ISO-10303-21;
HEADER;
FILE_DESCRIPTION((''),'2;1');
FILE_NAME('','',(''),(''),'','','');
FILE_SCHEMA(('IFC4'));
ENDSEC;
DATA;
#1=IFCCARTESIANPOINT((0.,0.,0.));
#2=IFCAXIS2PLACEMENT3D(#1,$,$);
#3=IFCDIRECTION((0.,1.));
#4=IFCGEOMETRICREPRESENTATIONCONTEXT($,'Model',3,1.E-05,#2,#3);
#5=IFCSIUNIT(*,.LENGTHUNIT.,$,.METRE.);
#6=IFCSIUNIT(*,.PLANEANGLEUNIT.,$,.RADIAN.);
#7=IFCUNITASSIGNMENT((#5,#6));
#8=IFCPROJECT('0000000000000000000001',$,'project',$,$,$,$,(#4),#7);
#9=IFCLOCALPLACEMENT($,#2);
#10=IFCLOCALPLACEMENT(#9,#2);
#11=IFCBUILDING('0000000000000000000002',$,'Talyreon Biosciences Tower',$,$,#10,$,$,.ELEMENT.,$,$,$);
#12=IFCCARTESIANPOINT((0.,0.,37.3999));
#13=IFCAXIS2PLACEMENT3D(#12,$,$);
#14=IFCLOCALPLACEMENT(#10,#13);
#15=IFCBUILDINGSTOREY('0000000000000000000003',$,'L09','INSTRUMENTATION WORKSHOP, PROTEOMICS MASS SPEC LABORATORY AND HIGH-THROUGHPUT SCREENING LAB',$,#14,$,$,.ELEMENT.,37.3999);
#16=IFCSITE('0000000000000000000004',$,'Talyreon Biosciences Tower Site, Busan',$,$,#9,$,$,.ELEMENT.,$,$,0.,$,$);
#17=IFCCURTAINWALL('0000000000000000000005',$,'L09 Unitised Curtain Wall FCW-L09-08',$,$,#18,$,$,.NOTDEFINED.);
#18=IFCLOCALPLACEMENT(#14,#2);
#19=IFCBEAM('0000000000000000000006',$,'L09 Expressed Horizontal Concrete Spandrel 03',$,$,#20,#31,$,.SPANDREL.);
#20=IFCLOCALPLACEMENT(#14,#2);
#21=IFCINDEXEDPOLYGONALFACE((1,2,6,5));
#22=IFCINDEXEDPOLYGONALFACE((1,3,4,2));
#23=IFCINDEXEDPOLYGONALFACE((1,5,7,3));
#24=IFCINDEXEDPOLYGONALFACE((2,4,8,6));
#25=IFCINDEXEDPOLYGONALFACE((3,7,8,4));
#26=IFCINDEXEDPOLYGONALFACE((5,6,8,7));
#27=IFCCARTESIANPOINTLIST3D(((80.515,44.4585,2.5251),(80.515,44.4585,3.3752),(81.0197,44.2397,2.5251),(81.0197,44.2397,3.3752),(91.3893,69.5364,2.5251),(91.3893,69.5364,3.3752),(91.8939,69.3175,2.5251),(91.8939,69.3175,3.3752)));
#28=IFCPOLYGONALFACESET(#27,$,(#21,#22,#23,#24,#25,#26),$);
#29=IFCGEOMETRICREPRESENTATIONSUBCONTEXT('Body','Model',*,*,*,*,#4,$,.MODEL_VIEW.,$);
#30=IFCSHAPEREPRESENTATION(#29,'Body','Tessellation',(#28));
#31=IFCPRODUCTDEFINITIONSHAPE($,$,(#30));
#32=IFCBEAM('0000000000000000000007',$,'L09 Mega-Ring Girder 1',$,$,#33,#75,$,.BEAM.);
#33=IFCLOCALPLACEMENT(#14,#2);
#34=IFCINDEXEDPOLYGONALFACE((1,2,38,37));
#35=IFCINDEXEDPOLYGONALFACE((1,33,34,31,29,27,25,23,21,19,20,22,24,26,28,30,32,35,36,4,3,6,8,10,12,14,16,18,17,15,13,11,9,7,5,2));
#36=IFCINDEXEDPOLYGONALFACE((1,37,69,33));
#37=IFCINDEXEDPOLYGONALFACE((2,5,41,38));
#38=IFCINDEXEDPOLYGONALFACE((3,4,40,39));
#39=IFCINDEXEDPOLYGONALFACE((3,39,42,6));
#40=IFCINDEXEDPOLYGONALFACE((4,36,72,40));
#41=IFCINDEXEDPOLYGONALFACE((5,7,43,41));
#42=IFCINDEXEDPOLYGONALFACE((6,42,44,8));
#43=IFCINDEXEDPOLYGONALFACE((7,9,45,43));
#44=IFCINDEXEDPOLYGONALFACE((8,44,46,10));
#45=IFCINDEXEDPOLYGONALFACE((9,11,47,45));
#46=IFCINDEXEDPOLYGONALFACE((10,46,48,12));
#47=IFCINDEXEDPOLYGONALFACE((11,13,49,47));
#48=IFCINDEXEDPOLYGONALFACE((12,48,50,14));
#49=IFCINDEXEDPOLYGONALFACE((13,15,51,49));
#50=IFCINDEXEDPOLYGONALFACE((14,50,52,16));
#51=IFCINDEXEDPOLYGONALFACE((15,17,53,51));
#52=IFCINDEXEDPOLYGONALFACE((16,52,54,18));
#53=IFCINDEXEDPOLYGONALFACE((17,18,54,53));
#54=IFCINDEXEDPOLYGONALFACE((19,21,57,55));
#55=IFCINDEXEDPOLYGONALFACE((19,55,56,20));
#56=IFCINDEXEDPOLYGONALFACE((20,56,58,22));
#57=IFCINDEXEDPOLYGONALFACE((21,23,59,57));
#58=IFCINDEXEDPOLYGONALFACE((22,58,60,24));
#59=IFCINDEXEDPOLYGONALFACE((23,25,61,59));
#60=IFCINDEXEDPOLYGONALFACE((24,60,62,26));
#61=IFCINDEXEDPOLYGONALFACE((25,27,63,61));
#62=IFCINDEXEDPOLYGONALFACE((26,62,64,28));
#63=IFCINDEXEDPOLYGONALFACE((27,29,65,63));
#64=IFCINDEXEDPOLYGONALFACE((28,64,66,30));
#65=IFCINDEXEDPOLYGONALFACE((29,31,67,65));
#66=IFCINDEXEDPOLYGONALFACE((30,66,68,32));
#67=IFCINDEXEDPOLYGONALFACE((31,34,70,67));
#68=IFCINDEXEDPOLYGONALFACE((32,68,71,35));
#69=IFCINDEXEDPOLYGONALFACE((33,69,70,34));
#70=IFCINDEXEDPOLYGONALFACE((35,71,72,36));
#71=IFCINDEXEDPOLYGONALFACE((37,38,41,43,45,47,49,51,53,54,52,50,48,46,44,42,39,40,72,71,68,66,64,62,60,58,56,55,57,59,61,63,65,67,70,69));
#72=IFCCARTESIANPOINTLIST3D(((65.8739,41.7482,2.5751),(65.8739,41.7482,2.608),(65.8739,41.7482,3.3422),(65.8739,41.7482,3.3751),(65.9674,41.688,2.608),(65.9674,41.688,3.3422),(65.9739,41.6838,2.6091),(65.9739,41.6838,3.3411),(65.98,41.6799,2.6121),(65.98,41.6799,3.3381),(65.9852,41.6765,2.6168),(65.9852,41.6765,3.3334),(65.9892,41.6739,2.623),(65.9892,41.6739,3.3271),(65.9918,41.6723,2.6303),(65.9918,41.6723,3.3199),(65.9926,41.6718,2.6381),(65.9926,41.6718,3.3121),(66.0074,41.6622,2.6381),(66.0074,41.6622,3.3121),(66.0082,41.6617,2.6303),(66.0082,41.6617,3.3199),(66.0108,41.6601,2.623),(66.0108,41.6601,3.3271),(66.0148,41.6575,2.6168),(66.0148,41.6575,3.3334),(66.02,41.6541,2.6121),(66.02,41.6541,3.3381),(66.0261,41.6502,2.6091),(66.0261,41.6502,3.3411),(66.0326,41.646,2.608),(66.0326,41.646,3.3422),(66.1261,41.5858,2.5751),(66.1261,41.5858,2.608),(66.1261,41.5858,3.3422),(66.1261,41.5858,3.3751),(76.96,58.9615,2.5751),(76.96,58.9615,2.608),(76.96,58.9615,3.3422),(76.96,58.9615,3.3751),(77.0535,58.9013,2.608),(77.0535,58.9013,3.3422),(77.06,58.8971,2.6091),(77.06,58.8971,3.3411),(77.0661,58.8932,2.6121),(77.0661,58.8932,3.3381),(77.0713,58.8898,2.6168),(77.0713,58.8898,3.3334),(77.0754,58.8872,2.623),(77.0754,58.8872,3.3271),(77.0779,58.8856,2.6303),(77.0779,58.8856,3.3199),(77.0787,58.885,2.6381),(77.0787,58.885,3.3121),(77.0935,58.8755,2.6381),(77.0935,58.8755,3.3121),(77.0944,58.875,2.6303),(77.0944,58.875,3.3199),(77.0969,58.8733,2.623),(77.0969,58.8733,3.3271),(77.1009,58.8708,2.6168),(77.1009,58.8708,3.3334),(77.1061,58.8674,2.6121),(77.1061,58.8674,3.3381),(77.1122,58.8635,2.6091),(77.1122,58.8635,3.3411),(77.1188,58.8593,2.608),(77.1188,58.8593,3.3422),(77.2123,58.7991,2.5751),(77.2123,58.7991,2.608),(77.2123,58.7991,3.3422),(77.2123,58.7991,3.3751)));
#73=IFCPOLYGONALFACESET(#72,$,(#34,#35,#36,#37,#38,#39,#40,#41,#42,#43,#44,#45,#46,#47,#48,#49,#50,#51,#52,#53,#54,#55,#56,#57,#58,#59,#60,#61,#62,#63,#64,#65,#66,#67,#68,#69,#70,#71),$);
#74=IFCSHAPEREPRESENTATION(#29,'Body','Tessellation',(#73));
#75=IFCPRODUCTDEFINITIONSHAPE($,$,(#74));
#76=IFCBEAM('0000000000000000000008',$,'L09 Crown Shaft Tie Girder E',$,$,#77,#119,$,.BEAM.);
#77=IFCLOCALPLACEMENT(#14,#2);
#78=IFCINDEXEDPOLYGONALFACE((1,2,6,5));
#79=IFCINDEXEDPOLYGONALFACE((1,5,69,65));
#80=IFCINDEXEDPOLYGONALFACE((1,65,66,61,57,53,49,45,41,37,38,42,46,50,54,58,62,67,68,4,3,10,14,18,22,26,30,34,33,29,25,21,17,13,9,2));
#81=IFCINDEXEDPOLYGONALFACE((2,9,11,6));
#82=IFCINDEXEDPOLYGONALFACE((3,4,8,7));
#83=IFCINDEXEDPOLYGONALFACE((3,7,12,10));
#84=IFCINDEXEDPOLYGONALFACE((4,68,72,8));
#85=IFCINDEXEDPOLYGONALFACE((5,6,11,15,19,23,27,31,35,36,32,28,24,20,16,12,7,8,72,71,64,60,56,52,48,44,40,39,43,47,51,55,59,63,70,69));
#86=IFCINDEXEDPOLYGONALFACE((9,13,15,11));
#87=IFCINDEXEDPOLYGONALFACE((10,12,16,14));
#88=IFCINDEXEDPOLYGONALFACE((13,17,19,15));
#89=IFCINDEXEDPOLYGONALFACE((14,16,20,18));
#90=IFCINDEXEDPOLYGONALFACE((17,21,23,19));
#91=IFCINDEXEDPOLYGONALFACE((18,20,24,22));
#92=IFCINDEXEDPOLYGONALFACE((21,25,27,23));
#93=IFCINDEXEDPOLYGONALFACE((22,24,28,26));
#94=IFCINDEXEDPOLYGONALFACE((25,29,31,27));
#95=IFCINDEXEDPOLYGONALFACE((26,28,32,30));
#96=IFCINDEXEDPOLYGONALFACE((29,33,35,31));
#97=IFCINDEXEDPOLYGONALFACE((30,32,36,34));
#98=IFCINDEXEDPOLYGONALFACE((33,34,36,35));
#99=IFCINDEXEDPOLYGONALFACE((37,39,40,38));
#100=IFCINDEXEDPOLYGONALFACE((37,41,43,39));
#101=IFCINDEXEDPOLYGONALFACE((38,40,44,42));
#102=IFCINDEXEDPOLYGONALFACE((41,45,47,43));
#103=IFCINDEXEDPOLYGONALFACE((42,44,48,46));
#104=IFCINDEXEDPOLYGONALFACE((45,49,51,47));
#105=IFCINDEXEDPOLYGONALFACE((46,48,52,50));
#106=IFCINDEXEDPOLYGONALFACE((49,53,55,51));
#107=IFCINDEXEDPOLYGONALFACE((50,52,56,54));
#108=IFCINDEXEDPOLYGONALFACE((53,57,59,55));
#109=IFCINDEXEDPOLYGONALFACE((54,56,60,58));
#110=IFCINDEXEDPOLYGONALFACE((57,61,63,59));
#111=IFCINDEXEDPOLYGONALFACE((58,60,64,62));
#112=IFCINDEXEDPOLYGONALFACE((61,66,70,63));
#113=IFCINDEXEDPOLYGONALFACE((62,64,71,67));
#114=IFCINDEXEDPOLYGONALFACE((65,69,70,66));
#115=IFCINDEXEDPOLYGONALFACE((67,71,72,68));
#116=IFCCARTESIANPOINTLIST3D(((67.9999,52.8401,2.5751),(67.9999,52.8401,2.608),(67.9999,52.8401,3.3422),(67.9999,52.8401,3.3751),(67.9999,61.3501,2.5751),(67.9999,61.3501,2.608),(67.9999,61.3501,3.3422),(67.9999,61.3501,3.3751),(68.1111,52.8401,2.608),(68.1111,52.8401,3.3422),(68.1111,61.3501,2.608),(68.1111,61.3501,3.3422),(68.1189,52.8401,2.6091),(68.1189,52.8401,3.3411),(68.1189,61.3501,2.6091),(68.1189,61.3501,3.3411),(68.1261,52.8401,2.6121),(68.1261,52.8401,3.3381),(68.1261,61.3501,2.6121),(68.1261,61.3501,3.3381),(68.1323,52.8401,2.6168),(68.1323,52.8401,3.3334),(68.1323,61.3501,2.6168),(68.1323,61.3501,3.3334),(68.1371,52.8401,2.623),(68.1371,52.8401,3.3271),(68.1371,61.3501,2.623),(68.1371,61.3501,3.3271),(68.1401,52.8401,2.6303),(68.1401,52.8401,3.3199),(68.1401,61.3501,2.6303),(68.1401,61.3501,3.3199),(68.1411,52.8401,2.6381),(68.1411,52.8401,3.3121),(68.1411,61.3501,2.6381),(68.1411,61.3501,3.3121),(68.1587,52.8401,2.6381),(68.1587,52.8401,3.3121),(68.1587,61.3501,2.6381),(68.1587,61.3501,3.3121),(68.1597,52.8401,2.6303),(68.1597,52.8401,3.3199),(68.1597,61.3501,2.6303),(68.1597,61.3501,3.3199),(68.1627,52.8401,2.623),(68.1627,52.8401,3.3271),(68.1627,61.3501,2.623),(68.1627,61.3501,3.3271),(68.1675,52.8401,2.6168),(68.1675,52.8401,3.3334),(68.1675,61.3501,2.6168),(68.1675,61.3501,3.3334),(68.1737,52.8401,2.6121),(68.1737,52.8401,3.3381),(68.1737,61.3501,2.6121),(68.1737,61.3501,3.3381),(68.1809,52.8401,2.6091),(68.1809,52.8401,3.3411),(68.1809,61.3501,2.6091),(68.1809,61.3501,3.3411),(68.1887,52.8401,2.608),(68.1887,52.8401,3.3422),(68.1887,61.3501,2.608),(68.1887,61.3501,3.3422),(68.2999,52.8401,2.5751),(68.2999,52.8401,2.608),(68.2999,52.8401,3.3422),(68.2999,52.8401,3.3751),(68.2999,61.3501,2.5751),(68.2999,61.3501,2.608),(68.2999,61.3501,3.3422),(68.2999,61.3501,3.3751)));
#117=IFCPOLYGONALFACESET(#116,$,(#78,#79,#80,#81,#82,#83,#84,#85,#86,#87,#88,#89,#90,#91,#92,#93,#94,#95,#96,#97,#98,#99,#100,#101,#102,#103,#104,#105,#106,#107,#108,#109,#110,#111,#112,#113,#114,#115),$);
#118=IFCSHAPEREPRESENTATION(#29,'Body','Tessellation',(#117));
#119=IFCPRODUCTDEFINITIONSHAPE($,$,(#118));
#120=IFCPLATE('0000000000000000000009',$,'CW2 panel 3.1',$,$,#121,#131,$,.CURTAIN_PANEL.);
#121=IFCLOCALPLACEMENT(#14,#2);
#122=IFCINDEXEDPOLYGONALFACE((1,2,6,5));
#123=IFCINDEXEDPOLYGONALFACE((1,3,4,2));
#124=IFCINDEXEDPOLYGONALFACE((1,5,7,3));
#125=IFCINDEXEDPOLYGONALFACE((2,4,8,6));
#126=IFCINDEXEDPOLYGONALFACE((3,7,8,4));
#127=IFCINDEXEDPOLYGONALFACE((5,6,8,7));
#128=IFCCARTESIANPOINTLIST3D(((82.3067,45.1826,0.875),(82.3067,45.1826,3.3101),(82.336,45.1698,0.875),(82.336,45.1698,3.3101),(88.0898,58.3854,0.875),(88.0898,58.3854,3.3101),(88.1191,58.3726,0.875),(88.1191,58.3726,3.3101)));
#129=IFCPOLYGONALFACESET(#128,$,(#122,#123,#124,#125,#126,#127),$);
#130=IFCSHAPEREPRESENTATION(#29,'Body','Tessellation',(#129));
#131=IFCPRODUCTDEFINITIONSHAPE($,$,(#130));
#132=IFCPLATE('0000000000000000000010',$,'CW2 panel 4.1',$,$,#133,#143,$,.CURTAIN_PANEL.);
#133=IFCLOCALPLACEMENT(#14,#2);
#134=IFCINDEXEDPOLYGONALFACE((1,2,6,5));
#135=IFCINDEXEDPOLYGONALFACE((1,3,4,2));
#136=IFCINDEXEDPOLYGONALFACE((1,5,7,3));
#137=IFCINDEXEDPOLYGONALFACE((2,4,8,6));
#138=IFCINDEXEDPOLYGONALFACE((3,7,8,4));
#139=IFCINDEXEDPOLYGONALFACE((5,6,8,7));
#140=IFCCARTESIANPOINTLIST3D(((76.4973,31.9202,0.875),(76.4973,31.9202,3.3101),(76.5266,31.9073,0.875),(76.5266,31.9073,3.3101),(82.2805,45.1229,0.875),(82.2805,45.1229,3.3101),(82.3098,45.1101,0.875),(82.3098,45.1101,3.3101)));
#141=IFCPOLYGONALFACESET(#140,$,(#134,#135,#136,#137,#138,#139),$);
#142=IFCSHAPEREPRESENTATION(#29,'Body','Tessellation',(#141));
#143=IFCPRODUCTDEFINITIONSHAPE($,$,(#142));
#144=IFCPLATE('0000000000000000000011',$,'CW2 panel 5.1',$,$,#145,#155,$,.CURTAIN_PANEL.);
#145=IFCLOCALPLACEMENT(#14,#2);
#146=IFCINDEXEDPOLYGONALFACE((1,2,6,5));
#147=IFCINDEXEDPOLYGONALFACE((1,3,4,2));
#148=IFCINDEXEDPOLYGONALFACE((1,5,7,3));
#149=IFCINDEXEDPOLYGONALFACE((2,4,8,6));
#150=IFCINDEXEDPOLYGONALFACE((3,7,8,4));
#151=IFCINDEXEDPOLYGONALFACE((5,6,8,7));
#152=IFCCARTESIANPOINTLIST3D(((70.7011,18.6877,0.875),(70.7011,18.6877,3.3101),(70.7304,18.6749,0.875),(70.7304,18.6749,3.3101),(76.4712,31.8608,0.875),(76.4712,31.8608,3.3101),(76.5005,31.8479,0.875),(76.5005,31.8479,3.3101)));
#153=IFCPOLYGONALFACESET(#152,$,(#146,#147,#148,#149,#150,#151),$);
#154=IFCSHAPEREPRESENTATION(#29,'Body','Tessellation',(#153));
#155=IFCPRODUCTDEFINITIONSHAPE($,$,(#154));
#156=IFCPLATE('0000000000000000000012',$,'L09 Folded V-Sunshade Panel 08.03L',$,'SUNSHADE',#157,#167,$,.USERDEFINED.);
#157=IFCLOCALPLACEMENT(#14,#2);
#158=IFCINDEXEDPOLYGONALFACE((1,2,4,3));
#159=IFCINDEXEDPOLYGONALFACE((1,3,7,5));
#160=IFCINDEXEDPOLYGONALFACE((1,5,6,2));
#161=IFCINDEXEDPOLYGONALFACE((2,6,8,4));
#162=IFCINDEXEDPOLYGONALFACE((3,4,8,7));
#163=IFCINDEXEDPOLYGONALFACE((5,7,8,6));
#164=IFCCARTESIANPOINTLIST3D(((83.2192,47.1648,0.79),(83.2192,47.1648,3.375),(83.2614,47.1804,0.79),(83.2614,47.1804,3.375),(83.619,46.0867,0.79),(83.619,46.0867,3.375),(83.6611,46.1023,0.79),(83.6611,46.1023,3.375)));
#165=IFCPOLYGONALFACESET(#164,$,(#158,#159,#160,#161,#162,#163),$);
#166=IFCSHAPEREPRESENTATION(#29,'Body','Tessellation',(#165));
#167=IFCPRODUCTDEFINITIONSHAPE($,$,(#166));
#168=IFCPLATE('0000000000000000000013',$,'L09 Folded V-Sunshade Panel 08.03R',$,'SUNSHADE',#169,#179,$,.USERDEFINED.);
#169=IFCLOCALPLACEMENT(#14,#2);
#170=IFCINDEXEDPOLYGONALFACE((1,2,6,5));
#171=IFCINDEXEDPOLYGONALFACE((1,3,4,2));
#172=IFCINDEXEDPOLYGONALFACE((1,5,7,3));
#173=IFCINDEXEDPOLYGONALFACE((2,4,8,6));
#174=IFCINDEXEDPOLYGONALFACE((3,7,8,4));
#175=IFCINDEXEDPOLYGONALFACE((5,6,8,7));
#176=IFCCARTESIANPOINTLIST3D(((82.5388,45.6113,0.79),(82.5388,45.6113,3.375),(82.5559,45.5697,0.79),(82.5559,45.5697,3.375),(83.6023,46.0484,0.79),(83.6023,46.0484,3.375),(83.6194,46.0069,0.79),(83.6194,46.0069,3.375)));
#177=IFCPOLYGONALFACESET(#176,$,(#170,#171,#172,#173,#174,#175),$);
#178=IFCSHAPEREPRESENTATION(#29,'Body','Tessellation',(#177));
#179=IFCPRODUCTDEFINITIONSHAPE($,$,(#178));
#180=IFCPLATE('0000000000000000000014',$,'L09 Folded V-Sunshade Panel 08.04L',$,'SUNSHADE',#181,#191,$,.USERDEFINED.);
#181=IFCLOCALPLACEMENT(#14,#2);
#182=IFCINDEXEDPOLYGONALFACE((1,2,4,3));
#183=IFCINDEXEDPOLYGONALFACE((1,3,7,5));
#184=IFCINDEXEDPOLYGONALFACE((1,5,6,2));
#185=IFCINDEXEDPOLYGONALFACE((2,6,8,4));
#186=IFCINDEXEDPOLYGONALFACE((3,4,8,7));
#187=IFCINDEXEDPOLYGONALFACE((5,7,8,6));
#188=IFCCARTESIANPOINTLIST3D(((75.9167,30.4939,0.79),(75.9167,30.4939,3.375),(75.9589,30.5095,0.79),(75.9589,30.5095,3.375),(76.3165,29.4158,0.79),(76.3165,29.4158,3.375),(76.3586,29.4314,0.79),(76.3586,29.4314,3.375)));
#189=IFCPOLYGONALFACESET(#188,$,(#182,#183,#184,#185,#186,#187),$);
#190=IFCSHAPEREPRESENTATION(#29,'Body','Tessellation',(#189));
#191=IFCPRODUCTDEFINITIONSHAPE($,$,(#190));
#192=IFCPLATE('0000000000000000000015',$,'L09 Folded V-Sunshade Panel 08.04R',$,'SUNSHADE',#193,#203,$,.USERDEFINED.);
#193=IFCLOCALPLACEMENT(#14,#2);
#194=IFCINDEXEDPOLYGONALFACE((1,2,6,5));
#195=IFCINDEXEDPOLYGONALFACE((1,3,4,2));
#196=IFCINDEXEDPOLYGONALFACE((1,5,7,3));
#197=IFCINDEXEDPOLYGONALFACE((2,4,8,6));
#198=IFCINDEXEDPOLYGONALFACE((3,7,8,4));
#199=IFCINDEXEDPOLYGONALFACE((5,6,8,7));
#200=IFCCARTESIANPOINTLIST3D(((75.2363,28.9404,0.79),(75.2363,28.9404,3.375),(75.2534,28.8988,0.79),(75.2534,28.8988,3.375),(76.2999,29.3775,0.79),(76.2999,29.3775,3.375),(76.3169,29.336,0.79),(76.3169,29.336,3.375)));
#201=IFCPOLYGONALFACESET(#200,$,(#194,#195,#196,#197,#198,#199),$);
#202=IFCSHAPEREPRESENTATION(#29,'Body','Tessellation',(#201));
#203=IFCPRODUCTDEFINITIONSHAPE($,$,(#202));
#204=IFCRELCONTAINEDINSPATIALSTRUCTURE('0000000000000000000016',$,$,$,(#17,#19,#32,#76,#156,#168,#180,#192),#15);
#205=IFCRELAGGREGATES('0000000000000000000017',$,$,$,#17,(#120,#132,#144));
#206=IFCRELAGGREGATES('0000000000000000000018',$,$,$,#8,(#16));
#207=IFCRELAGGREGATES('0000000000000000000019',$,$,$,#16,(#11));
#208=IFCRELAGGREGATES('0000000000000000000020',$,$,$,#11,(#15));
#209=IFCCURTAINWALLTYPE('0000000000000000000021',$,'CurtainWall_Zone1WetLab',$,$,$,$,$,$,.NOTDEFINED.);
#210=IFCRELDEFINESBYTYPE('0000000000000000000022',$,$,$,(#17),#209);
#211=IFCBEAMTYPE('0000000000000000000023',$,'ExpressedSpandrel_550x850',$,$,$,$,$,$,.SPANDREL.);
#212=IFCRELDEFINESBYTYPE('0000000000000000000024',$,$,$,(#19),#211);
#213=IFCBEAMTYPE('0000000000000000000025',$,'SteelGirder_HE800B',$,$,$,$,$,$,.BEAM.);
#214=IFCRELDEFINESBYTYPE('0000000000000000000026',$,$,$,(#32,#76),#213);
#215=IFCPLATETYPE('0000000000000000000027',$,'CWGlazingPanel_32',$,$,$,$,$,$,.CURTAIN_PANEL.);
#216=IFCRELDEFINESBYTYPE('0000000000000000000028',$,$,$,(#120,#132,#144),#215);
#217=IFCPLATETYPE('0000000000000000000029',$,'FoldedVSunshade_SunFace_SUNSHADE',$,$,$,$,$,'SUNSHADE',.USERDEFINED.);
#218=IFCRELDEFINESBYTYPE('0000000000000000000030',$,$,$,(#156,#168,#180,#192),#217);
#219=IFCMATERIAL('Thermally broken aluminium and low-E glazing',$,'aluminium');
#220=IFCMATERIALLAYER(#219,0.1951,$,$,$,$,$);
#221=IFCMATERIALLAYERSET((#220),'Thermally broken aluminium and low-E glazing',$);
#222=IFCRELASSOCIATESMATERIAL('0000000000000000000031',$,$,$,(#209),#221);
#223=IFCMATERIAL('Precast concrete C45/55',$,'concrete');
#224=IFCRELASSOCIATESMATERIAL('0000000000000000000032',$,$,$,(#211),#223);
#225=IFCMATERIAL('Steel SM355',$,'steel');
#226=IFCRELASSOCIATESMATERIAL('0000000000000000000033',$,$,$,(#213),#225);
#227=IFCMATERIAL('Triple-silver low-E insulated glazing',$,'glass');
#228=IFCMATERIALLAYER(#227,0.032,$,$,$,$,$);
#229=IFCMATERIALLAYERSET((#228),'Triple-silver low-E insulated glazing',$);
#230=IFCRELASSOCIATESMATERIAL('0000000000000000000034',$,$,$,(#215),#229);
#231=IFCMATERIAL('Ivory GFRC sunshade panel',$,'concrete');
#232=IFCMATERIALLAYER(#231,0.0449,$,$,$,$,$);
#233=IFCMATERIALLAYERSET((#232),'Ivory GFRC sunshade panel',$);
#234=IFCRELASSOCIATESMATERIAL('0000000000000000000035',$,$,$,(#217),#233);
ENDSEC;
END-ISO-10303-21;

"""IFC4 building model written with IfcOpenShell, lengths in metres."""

from ifc_helpers import new_model, si_unit, direction, frame, origin, origin_2d, place, context, subcontext, project, spatial, rectangle, i_section, extrude, material, layer, layer_set, material_profile, profile_set, type_object, element, aggregate, save


model = new_model("IFC4")

# Units and contexts
model_context = context("Model", 3, precision=1e-05, world=origin(), true_north=direction((0.0, 1.0)))
body_context = subcontext(model_context, "Body", "Model", "MODEL_VIEW")
ifc_project = project(units=[si_unit("LENGTHUNIT", "METRE"), si_unit("PLANEANGLEUNIT", "RADIAN")], contexts=[model_context])

# Site, building, storey
site_placement = place(None, origin())
site = spatial("IfcSite", under=ifc_project, at=site_placement, Name="Talyreon Biosciences Tower Site, Busan", CompositionType="ELEMENT", RefElevation=0.0)
building_placement = place(site_placement, origin())
building = spatial("IfcBuilding", under=site, at=building_placement, Name="Talyreon Biosciences Tower", CompositionType="ELEMENT")
storey_placement = place(building_placement, frame((0.0, 0.0, 37.3999)))
storey = spatial("IfcBuildingStorey", under=building, at=storey_placement, Name="L09", Description="INSTRUMENTATION WORKSHOP, PROTEOMICS MASS SPEC LABORATORY AND HIGH-THROUGHPUT SCREENING LAB", CompositionType="ELEMENT", Elevation=37.3999)

# Shared definitions
ifc_material_1 = material(Name="Precast concrete C45/55", Category="concrete")

# Curtain wall
ifc_material_2 = material(Name="Thermally broken aluminium and low-E glazing", Category="aluminium")
ifc_layer_1 = layer(ifc_material_2, 0.1951)
ifc_layer_set_1 = layer_set([ifc_layer_1], Name="Thermally broken aluminium and low-E glazing")
curtain_wall_type = type_object("IfcCurtainWallType", Name="CurtainWall_Zone1WetLab", PredefinedType="NOTDEFINED", material=ifc_layer_set_1)
curtain_wall_placement = place(storey_placement, origin())
curtain_wall = element("IfcCurtainWall", 1, at=curtain_wall_placement, inside=storey, type_object=curtain_wall_type, Name="L09 Unitised Curtain Wall FCW-L09-08", PredefinedType="NOTDEFINED")

# Beams
ifc_material_profile_1 = material_profile(ifc_material_1, rectangle(XDim=0.55, YDim=0.8501, at=origin_2d()), Name="RCB 550x850")
ifc_profile_set_1 = profile_set([ifc_material_profile_1], Name="Precast concrete C45/55")
beam_type_1 = type_object("IfcBeamType", Name="ExpressedSpandrel_550x850", PredefinedType="SPANDREL", material=ifc_profile_set_1)
beam_1_placement = place(storey_placement, frame((80.7673, 44.3491, 2.9502), z_axis=(0.397829, 0.91746, 0.0), x_axis=(-0.91746, 0.397829, 0.0)))
element("IfcBeam", 2, at=beam_1_placement, inside=storey, type_object=beam_type_1, Name="L09 Expressed Horizontal Concrete Spandrel 03", PredefinedType="SPANDREL", context=body_context, shape_type="SweptSolid", body=[
    extrude(rectangle(XDim=0.55, YDim=0.8501, at=origin_2d()), origin(), (0.0, 0.0, 1.0), 27.334),
])
ifc_material_3 = material(Name="Steel SM355", Category="steel")
ifc_material_profile_2 = material_profile(ifc_material_3, i_section(OverallWidth=0.3, OverallDepth=0.8, WebThickness=0.0176, FlangeThickness=0.033, FilletRadius=0.03, at=origin_2d()), Name="HE800B")
ifc_profile_set_2 = profile_set([ifc_material_profile_2], Name="Steel SM355")
beam_type_2 = type_object("IfcBeamType", Name="SteelGirder_HE800B", PredefinedType="BEAM", material=ifc_profile_set_2)
beam_2_placement = place(storey_placement, frame((66.0, 41.667, 2.9751), z_axis=(0.541464, 0.840724, 0.0), x_axis=(-0.840724, 0.541464, 0.0)))
element("IfcBeam", 3, at=beam_2_placement, inside=storey, type_object=beam_type_2, Name="L09 Mega-Ring Girder 1", PredefinedType="BEAM", context=body_context, shape_type="SweptSolid", body=[
    extrude(i_section(OverallWidth=0.3, OverallDepth=0.8, WebThickness=0.0176, FlangeThickness=0.033, FilletRadius=0.03, at=origin_2d()), origin(), (0.0, 0.0, 1.0), 20.4744),
])
beam_3_placement = place(storey_placement, frame((68.1499, 52.8401, 2.9751), z_axis=(0.0, 1.0, 0.0), x_axis=(-1.0, 0.0, 0.0)))
element("IfcBeam", 4, at=beam_3_placement, inside=storey, type_object=beam_type_2, Name="L09 Crown Shaft Tie Girder E", PredefinedType="BEAM", context=body_context, shape_type="SweptSolid", body=[
    extrude(i_section(OverallWidth=0.3, OverallDepth=0.8, WebThickness=0.0176, FlangeThickness=0.033, FilletRadius=0.03, at=origin_2d()), origin(), (0.0, 0.0, 1.0), 8.51),
])

# Plates
ifc_material_4 = material(Name="Triple-silver low-E insulated glazing", Category="glass")
ifc_layer_2 = layer(ifc_material_4, 0.032)
ifc_layer_set_2 = layer_set([ifc_layer_2], Name="Triple-silver low-E insulated glazing")
plate_type_1 = type_object("IfcPlateType", Name="CWGlazingPanel_32", PredefinedType="CURTAIN_PANEL", material=ifc_layer_set_2)
plate_1_placement = place(storey_placement, frame((85.2129, 51.7776, 0.875), z_axis=(0.0, 0.0, 1.0), x_axis=(-0.401223, -0.91598, 0.0)))
plate_1 = element("IfcPlate", 5, at=plate_1_placement, type_object=plate_type_1, Name="CW2 panel 3.1", PredefinedType="CURTAIN_PANEL", context=body_context, shape_type="SweptSolid", body=[
    extrude(rectangle(XDim=14.4138, YDim=0.032, at=origin_2d()), origin(), (0.0, 0.0, 1.0), 2.4351),
])
plate_2_placement = place(storey_placement, frame((79.4036, 38.5151, 0.875), z_axis=(0.0, 0.0, 1.0), x_axis=(-0.401223, -0.91598, 0.0)))
plate_2 = element("IfcPlate", 6, at=plate_2_placement, type_object=plate_type_1, Name="CW2 panel 4.1", PredefinedType="CURTAIN_PANEL", context=body_context, shape_type="SweptSolid", body=[
    extrude(rectangle(XDim=14.4138, YDim=0.032, at=origin_2d()), origin(), (0.0, 0.0, 1.0), 2.4351),
])
plate_3_placement = place(storey_placement, frame((73.6008, 25.2678, 0.875), z_axis=(0.0, 0.0, 1.0), x_axis=(-0.401223, -0.91598, 0.0)))
plate_3 = element("IfcPlate", 7, at=plate_3_placement, type_object=plate_type_1, Name="CW2 panel 5.1", PredefinedType="CURTAIN_PANEL", context=body_context, shape_type="SweptSolid", body=[
    extrude(rectangle(XDim=14.3813, YDim=0.032, at=origin_2d()), origin(), (0.0, 0.0, 1.0), 2.4351),
])
aggregate(curtain_wall, [plate_1, plate_2, plate_3])

# Plates
ifc_material_5 = material(Name="Ivory GFRC sunshade panel", Category="concrete")
ifc_layer_3 = layer(ifc_material_5, 0.0449)
ifc_layer_set_3 = layer_set([ifc_layer_3], Name="Ivory GFRC sunshade panel")
plate_type_2 = type_object("IfcPlateType", Name="FoldedVSunshade_SunFace_SUNSHADE", ElementType="SUNSHADE", PredefinedType="USERDEFINED", material=ifc_layer_set_3)
for number, where, z_axis, x_axis, name in (
    (8, (83.4402, 46.6335, 0.79), (0.0, 0.0, 1.0), (0.347672, -0.937616, 0.0), "L09 Folded V-Sunshade Panel 08.03L"),
    (9, (83.0791, 45.8091, 0.79), (0.0, 0.0, 1.0), (-0.924911, -0.380183, 0.0), "L09 Folded V-Sunshade Panel 08.03R"),
    (10, (76.1377, 29.9626, 0.79), (0.0, 0.0, 1.0), (0.347672, -0.937616, 0.0), "L09 Folded V-Sunshade Panel 08.04L"),
    (11, (75.7766, 29.1382, 0.79), (0.0, 0.0, 1.0), (-0.924911, -0.380183, 0.0), "L09 Folded V-Sunshade Panel 08.04R"),
):
    element("IfcPlate", number, at=place(storey_placement, frame(where, z_axis=z_axis, x_axis=x_axis)), inside=storey, type_object=plate_type_2, Name=name, ObjectType="SUNSHADE", PredefinedType="USERDEFINED", context=body_context, shape_type="SweptSolid", body=[
        extrude(rectangle(XDim=1.1499, YDim=0.0449, at=origin_2d()), origin(), (0.0, 0.0, 1.0), 2.585),
    ])

save(model, "model.ifc")
